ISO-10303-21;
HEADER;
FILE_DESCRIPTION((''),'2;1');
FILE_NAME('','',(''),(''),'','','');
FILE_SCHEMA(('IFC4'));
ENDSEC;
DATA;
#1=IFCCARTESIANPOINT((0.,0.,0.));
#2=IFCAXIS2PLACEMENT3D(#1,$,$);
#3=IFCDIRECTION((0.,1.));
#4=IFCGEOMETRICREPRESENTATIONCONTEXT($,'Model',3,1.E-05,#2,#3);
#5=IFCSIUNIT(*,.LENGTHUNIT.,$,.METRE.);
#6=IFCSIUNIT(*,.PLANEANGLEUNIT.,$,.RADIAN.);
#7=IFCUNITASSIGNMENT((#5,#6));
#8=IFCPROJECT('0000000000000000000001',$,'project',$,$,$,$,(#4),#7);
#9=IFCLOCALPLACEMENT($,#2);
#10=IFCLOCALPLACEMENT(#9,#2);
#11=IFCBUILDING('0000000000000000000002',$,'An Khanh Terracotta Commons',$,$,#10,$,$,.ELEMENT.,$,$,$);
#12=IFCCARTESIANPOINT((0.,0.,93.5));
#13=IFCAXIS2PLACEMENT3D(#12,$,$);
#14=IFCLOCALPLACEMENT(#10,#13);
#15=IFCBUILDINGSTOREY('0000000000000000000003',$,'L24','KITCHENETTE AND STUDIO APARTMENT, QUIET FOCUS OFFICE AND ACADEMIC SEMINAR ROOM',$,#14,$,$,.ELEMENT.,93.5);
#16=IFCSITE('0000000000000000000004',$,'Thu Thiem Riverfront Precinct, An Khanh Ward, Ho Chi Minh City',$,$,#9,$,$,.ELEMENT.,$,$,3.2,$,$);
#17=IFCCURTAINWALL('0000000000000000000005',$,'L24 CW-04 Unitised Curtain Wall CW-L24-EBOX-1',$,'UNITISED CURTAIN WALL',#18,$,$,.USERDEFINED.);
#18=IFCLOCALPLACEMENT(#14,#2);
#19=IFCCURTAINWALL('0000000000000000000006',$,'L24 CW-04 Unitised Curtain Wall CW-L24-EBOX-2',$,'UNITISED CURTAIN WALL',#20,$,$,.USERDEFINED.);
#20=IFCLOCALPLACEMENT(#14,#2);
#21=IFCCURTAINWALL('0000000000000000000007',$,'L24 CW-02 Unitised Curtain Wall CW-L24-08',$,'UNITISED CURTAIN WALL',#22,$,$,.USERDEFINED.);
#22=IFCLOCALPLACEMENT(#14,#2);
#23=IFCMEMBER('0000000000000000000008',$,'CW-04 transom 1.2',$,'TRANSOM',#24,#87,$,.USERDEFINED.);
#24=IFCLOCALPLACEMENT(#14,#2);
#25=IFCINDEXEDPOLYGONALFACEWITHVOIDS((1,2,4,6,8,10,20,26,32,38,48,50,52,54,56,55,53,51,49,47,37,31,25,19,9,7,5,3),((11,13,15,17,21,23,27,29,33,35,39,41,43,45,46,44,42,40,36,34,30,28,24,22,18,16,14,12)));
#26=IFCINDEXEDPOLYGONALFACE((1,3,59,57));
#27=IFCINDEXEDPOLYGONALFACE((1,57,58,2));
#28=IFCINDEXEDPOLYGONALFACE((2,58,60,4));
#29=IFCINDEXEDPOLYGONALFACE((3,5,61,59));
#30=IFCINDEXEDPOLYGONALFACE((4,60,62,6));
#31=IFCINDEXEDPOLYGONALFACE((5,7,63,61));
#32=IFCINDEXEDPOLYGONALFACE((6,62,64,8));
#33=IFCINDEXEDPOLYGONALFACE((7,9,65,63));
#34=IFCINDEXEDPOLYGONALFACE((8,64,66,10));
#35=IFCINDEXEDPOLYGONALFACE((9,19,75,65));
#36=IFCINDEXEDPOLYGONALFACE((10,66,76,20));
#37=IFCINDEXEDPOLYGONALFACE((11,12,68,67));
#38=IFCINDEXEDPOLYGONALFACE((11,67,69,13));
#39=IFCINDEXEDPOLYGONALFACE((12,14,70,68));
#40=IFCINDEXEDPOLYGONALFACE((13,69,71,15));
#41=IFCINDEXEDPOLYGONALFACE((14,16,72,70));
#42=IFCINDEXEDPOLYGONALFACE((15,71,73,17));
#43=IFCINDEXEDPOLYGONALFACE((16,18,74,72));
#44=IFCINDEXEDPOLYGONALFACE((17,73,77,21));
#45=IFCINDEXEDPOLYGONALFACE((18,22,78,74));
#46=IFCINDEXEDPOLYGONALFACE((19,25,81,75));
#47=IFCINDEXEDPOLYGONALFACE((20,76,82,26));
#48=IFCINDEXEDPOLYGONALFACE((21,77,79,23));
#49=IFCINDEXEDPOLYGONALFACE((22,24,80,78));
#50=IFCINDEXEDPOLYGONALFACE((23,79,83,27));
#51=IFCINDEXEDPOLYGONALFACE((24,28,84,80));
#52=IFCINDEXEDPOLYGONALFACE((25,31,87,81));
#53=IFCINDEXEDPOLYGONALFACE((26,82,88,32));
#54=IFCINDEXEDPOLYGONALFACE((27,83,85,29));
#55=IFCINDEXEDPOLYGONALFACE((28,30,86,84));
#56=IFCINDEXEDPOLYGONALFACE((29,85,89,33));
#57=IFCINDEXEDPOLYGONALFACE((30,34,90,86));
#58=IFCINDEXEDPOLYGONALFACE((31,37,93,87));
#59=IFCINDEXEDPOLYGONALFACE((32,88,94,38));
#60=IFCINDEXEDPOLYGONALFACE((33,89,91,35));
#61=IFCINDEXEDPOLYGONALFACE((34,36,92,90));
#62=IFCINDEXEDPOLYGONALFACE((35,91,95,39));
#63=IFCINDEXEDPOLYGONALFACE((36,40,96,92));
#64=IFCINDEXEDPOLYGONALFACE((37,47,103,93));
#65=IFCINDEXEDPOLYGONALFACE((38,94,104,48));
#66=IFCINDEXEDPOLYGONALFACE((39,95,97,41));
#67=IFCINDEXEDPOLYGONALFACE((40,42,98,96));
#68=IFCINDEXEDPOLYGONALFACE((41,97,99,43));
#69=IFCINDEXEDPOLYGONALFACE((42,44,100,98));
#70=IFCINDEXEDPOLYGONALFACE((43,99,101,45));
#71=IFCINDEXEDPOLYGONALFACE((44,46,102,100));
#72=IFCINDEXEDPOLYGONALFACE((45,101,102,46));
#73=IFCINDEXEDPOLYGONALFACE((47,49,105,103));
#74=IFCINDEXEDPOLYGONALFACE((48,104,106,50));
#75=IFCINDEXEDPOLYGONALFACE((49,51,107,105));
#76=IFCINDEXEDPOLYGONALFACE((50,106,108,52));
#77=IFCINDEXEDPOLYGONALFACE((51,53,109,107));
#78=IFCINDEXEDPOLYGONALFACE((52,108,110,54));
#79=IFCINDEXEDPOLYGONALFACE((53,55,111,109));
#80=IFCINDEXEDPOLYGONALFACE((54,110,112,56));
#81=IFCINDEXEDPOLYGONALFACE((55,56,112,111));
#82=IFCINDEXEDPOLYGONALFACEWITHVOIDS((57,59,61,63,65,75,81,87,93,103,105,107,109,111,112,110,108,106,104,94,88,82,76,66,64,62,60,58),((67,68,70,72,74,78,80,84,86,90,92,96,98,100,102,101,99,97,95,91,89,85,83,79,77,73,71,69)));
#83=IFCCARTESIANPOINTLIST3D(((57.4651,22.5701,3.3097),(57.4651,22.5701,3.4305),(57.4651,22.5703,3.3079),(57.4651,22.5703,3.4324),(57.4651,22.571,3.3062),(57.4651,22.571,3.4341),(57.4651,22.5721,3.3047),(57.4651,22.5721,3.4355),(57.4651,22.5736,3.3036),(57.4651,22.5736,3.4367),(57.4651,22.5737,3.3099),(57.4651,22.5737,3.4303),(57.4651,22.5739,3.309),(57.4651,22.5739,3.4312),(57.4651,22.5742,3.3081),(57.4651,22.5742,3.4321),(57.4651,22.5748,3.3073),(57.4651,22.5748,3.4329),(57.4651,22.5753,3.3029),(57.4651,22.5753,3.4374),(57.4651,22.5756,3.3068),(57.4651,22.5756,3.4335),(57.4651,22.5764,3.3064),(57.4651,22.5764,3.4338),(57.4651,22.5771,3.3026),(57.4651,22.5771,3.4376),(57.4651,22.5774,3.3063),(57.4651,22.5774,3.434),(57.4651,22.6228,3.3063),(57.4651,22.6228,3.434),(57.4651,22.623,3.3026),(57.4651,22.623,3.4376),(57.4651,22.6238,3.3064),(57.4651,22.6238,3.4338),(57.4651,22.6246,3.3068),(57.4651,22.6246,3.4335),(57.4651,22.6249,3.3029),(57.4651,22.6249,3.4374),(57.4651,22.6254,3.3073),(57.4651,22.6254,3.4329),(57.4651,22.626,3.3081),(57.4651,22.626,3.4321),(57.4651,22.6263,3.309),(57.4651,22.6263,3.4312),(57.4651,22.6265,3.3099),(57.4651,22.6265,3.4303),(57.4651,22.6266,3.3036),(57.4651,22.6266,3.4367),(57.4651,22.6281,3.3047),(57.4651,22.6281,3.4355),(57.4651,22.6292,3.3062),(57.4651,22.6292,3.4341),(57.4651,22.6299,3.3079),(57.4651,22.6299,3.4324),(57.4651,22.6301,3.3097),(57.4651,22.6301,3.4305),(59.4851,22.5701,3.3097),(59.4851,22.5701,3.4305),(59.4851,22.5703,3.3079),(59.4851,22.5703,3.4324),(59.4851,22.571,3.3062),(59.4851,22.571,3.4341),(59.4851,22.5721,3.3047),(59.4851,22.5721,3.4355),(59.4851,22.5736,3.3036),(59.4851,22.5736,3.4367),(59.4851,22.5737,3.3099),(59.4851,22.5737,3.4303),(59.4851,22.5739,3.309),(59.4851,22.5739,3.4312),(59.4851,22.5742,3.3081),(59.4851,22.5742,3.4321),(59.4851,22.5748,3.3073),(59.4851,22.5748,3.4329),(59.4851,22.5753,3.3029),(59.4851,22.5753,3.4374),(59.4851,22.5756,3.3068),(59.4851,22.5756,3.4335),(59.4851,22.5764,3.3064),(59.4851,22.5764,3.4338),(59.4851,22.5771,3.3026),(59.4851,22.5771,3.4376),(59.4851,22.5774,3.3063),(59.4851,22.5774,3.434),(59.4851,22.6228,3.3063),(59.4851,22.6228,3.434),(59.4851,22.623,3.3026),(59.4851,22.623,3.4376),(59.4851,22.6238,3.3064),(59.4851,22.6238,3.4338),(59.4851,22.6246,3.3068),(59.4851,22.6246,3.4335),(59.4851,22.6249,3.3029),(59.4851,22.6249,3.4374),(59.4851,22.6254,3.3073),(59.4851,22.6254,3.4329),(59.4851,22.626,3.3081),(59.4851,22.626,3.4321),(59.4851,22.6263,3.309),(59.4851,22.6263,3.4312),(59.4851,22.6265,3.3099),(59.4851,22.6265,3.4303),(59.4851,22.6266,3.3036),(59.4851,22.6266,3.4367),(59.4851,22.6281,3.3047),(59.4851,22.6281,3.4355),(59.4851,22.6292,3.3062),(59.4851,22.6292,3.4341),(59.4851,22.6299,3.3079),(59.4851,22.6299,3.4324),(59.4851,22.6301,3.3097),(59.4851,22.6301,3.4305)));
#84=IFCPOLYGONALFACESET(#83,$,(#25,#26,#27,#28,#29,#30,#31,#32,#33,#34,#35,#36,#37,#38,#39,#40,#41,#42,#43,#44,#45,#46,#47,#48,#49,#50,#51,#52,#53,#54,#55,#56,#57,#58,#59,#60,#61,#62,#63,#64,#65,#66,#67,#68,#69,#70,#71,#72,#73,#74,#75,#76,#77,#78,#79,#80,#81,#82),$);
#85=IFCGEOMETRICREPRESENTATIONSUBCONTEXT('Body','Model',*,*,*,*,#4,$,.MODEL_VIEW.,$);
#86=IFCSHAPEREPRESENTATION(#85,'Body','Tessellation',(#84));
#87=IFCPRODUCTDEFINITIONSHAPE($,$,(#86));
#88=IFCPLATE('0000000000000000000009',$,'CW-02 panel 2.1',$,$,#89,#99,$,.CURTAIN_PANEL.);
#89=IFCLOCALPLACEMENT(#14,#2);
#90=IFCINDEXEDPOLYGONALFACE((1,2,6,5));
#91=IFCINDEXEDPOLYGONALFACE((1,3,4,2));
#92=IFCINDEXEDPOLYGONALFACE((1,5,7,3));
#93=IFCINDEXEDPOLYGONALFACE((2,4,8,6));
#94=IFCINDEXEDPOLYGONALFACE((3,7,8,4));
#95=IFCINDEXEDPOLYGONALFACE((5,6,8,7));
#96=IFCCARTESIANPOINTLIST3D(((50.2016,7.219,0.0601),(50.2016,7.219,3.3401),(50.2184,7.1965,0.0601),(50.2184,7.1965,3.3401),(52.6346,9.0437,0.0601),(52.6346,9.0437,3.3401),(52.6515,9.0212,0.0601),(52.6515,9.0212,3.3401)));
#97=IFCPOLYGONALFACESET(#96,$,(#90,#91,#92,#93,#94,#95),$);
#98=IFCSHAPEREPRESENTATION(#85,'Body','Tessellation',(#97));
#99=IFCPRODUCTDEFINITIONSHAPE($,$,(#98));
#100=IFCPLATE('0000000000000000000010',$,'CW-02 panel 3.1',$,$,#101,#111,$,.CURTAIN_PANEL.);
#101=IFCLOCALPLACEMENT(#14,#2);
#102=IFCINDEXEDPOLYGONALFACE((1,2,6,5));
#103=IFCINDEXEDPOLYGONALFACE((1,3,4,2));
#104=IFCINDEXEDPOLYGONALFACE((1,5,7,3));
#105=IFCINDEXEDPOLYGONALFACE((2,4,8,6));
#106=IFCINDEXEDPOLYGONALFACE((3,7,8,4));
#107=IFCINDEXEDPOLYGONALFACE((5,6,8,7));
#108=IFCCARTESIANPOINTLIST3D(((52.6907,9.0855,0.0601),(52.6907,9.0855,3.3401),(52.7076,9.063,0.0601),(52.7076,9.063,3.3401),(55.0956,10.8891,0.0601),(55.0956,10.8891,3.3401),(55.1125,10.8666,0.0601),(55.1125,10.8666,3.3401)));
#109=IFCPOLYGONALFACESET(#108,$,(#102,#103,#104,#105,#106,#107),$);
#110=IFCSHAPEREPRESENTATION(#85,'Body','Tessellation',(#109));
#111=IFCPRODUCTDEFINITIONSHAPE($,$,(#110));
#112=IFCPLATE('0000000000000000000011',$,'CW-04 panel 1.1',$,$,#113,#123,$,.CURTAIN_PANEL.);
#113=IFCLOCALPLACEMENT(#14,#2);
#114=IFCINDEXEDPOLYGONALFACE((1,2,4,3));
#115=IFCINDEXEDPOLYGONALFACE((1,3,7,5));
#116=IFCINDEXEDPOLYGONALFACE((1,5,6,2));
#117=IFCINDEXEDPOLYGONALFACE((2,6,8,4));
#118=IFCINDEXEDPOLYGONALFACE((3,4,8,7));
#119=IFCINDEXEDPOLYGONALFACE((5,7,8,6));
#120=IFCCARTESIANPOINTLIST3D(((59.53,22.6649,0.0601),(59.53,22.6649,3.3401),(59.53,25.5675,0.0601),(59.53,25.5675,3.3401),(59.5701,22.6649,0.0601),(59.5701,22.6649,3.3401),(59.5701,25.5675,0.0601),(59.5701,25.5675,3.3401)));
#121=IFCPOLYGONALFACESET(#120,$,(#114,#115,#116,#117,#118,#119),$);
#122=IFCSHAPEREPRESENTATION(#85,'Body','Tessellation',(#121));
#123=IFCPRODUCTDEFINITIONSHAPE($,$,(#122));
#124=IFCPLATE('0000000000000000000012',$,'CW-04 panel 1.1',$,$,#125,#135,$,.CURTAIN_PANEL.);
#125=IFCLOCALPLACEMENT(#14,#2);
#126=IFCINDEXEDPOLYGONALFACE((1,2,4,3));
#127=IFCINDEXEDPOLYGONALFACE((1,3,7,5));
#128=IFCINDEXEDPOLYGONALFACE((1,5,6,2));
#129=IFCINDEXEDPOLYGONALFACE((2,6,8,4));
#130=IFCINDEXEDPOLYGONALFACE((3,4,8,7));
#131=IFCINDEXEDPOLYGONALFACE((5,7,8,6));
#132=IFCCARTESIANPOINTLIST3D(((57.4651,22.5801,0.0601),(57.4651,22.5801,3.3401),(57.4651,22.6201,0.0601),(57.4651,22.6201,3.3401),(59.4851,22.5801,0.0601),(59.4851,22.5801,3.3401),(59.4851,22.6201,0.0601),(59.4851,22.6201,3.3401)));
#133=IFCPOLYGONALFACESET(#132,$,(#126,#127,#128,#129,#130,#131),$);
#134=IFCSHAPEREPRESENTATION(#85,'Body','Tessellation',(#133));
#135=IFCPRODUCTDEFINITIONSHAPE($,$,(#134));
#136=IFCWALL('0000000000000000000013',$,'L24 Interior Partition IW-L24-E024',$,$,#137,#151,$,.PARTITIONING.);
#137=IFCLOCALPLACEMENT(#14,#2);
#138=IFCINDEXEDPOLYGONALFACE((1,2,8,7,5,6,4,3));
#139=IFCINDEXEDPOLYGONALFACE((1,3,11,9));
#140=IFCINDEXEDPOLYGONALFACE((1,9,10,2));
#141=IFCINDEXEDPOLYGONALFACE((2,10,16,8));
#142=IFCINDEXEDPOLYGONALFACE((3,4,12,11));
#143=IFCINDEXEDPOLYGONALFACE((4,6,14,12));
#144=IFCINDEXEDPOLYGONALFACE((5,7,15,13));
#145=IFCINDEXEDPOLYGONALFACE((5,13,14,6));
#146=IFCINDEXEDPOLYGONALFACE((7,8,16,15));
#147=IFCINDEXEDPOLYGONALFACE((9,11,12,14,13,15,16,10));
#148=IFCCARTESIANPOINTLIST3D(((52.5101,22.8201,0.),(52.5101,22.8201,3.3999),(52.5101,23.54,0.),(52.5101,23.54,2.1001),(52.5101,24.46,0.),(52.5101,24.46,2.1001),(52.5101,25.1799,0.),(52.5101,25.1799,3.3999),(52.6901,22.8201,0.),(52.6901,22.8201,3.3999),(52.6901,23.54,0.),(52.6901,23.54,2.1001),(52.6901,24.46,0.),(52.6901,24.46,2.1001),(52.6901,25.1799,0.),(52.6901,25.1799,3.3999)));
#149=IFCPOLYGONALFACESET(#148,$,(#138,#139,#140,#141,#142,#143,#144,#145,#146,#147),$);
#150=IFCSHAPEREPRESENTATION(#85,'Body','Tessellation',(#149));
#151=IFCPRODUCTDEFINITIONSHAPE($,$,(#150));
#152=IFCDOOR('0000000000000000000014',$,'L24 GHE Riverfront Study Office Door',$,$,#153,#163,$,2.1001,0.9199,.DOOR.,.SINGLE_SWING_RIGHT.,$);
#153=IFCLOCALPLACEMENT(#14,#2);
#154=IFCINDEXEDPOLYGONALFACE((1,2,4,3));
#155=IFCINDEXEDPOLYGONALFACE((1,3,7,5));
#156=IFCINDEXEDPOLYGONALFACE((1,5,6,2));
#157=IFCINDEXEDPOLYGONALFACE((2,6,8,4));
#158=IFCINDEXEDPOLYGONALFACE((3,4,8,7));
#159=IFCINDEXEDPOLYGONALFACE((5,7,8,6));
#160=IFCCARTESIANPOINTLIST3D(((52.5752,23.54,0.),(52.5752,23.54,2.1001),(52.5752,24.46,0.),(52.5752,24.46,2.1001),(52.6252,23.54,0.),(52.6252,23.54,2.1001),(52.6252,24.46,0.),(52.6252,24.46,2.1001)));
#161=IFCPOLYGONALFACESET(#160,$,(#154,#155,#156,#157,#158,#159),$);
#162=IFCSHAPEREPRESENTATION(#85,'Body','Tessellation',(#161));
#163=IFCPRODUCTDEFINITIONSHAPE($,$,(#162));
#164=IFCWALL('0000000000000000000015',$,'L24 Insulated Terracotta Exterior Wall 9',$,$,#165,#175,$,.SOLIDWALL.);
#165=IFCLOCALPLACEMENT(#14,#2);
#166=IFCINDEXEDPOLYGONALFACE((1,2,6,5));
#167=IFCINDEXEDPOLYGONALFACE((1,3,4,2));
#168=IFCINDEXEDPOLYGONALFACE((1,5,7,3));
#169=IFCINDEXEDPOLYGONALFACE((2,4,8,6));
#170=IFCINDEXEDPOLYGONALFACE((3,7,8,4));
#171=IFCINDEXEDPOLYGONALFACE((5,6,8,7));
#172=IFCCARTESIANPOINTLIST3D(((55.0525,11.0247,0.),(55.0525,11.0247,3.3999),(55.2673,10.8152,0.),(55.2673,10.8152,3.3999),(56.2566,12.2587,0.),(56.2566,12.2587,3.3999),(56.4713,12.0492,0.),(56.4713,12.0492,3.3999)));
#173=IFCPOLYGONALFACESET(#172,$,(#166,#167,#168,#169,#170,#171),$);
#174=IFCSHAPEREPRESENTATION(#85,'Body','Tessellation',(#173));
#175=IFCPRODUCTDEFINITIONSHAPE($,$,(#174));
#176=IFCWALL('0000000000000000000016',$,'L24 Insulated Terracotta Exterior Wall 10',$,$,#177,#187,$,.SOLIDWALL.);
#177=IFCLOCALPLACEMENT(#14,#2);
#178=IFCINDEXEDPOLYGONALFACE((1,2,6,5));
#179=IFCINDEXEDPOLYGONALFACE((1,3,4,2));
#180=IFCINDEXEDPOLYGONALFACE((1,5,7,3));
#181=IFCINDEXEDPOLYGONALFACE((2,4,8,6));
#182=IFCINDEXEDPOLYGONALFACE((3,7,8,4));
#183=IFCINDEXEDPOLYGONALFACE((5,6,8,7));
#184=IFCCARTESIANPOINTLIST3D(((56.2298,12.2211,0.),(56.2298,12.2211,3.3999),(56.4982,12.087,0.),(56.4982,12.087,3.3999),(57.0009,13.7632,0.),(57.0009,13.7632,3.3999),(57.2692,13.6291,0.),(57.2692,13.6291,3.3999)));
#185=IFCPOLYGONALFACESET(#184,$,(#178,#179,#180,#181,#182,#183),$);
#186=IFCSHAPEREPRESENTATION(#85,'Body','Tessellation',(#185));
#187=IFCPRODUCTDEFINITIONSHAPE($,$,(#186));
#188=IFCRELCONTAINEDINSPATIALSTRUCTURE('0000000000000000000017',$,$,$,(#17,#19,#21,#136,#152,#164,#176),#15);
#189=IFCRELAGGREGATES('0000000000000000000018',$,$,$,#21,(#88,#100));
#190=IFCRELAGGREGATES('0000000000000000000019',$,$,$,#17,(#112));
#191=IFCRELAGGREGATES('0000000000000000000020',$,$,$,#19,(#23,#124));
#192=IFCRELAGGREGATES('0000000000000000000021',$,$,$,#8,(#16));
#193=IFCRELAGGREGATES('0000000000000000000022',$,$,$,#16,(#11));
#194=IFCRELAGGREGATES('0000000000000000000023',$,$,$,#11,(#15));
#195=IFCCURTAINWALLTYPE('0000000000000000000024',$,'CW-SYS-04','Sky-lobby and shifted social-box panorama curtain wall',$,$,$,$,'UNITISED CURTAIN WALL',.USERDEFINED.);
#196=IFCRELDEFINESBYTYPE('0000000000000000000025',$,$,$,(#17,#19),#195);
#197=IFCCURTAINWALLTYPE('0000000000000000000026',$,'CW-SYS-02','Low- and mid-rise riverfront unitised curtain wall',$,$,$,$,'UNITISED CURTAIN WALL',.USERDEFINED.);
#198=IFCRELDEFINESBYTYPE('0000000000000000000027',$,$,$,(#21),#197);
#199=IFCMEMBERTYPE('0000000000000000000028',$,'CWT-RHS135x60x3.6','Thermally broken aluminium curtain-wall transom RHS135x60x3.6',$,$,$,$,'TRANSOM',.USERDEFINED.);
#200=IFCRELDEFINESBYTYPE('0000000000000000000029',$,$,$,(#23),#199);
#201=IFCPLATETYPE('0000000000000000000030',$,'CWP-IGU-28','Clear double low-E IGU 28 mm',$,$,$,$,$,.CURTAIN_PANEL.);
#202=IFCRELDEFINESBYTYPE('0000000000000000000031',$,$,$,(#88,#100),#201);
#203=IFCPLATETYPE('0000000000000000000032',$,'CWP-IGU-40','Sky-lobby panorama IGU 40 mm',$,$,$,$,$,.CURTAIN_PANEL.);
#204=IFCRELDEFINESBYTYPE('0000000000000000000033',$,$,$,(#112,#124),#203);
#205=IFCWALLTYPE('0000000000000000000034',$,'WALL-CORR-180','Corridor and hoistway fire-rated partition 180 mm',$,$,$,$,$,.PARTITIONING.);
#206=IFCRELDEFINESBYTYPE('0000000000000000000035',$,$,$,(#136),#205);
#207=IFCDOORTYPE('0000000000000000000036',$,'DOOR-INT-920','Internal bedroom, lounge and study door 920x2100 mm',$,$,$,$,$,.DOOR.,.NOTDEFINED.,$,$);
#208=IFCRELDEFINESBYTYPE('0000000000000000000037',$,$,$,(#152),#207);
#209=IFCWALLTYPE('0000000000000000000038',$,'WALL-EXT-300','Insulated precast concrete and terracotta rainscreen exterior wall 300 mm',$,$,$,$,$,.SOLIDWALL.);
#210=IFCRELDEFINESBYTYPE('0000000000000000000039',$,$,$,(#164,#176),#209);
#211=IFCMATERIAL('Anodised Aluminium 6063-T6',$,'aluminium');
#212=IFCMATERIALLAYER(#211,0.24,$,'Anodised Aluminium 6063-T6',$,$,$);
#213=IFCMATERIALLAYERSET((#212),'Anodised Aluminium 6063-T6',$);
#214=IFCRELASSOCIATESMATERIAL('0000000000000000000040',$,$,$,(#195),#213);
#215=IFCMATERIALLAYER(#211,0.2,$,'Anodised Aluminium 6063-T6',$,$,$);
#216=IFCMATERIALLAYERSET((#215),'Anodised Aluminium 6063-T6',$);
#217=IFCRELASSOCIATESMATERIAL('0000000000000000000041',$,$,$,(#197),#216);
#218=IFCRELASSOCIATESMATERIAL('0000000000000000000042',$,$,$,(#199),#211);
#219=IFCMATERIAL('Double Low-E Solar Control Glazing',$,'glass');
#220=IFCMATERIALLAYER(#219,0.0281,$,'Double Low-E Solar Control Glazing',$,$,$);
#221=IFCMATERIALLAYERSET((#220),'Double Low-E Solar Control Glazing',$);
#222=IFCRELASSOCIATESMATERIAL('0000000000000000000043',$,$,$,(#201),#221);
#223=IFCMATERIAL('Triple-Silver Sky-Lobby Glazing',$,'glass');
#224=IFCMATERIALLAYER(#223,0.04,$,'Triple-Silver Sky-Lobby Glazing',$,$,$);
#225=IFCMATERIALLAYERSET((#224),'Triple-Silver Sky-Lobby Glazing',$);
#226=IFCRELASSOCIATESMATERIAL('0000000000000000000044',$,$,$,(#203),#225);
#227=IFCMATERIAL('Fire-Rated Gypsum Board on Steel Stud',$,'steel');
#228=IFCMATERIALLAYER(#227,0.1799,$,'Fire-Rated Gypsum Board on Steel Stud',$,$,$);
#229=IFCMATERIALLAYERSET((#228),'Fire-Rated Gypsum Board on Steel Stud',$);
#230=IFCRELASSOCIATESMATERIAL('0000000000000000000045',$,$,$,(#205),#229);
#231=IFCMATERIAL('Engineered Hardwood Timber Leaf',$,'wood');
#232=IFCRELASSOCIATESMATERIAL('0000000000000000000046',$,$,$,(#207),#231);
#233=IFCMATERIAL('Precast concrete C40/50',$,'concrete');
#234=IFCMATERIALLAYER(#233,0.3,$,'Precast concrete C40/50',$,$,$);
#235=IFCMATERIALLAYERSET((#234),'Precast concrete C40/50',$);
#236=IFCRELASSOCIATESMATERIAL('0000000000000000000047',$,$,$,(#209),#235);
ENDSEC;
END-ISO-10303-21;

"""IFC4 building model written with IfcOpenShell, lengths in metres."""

from ifc_helpers import new_model, si_unit, direction, frame, frame_2d, origin, origin_2d, place, context, subcontext, project, spatial, rectangle, hollow_rectangle, extrude, material, layer, layer_set, material_profile, profile_set, type_object, element, fill, aggregate, save


model = new_model("IFC4")

# Units and contexts
model_context = context("Model", 3, precision=1e-05, world=origin(), true_north=direction((0.0, 1.0)))
body_context = subcontext(model_context, "Body", "Model", "MODEL_VIEW")
ifc_project = project(units=[si_unit("LENGTHUNIT", "METRE"), si_unit("PLANEANGLEUNIT", "RADIAN")], contexts=[model_context])

# Site, building, storey
site_placement = place(None, origin())
site = spatial("IfcSite", under=ifc_project, at=site_placement, Name="Thu Thiem Riverfront Precinct, An Khanh Ward, Ho Chi Minh City", CompositionType="ELEMENT", RefElevation=3.2)
building_placement = place(site_placement, origin())
building = spatial("IfcBuilding", under=site, at=building_placement, Name="An Khanh Terracotta Commons", CompositionType="ELEMENT")
storey_placement = place(building_placement, frame((0.0, 0.0, 93.5)))
storey = spatial("IfcBuildingStorey", under=building, at=storey_placement, Name="L24", Description="KITCHENETTE AND STUDIO APARTMENT, QUIET FOCUS OFFICE AND ACADEMIC SEMINAR ROOM", CompositionType="ELEMENT", Elevation=93.5)

# Curtain wall
ifc_material_1 = material(Name="Anodised Aluminium 6063-T6", Category="aluminium")
ifc_layer_1 = layer(ifc_material_1, 0.24, Name="Anodised Aluminium 6063-T6")
ifc_layer_set_1 = layer_set([ifc_layer_1], Name="Anodised Aluminium 6063-T6")
curtain_wall_type_1 = type_object("IfcCurtainWallType", Name="CW-SYS-04", Description="Sky-lobby and shifted social-box panorama curtain wall", ElementType="UNITISED CURTAIN WALL", PredefinedType="USERDEFINED", material=ifc_layer_set_1)
curtain_wall_1_placement = place(storey_placement, origin())
curtain_wall_1 = element("IfcCurtainWall", 1, at=curtain_wall_1_placement, inside=storey, type_object=curtain_wall_type_1, Name="L24 CW-04 Unitised Curtain Wall CW-L24-EBOX-1", ObjectType="UNITISED CURTAIN WALL", PredefinedType="USERDEFINED")

# Curtain walls
curtain_wall_2_placement = place(storey_placement, origin())
curtain_wall_2 = element("IfcCurtainWall", 2, at=curtain_wall_2_placement, inside=storey, type_object=curtain_wall_type_1, Name="L24 CW-04 Unitised Curtain Wall CW-L24-EBOX-2", ObjectType="UNITISED CURTAIN WALL", PredefinedType="USERDEFINED")
ifc_layer_2 = layer(ifc_material_1, 0.2, Name="Anodised Aluminium 6063-T6")
ifc_layer_set_2 = layer_set([ifc_layer_2], Name="Anodised Aluminium 6063-T6")
curtain_wall_type_2 = type_object("IfcCurtainWallType", Name="CW-SYS-02", Description="Low- and mid-rise riverfront unitised curtain wall", ElementType="UNITISED CURTAIN WALL", PredefinedType="USERDEFINED", material=ifc_layer_set_2)
curtain_wall_3_placement = place(storey_placement, origin())
curtain_wall_3 = element("IfcCurtainWall", 3, at=curtain_wall_3_placement, inside=storey, type_object=curtain_wall_type_2, Name="L24 CW-02 Unitised Curtain Wall CW-L24-08", ObjectType="UNITISED CURTAIN WALL", PredefinedType="USERDEFINED")

# Member
ifc_material_profile_1 = material_profile(ifc_material_1, hollow_rectangle(XDim=0.0601, YDim=0.135, WallThickness=0.0037, InnerFilletRadius=0.0037, OuterFilletRadius=0.0071, at=origin_2d()), Name="RHS135x60x3.6")
ifc_profile_set_1 = profile_set([ifc_material_profile_1], Name="Anodised Aluminium 6063-T6")
member_type_1 = type_object("IfcMemberType", Name="CWT-RHS135x60x3.6", Description="Thermally broken aluminium curtain-wall transom RHS135x60x3.6", ElementType="TRANSOM", PredefinedType="USERDEFINED", material=ifc_profile_set_1)
member_1_placement = place(storey_placement, frame((57.4651, 22.6001, 3.3701), z_axis=(1.0, 0.0, 0.0), x_axis=(0.0, 1.0, 0.0)))
member_1 = element("IfcMember", 4, at=member_1_placement, type_object=member_type_1, Name="CW-04 transom 1.2", ObjectType="TRANSOM", PredefinedType="USERDEFINED", context=body_context, shape_type="SweptSolid", body=[
    extrude(hollow_rectangle(XDim=0.0601, YDim=0.135, WallThickness=0.0037, InnerFilletRadius=0.0037, OuterFilletRadius=0.0071, at=origin_2d()), origin(), (0.0, 0.0, 1.0), 2.02),
])

# Plates
ifc_material_2 = material(Name="Double Low-E Solar Control Glazing", Category="glass")
ifc_layer_3 = layer(ifc_material_2, 0.0281, Name="Double Low-E Solar Control Glazing")
ifc_layer_set_3 = layer_set([ifc_layer_3], Name="Double Low-E Solar Control Glazing")
plate_type_1 = type_object("IfcPlateType", Name="CWP-IGU-28", Description="Clear double low-E IGU 28 mm", PredefinedType="CURTAIN_PANEL", material=ifc_layer_set_3)
plate_1_placement = place(storey_placement, frame((51.4265, 8.1201, 0.0601), z_axis=(0.0, 0.0, 1.0), x_axis=(0.800013, 0.599983, 0.0)))
plate_1 = element("IfcPlate", 5, at=plate_1_placement, type_object=plate_type_1, Name="CW-02 panel 2.1", PredefinedType="CURTAIN_PANEL", context=body_context, shape_type="SweptSolid", body=[
    extrude(rectangle(XDim=3.0413, YDim=0.0281, at=origin_2d()), origin(), (0.0, 0.0, 1.0), 3.28),
])
plate_2_placement = place(storey_placement, frame((53.9016, 9.9761, 0.0601), z_axis=(0.0, 0.0, 1.0), x_axis=(0.800013, 0.599983, 0.0)))
plate_2 = element("IfcPlate", 6, at=plate_2_placement, type_object=plate_type_1, Name="CW-02 panel 3.1", PredefinedType="CURTAIN_PANEL", context=body_context, shape_type="SweptSolid", body=[
    extrude(rectangle(XDim=3.0061, YDim=0.0281, at=origin_2d()), origin(), (0.0, 0.0, 1.0), 3.28),
])
aggregate(curtain_wall_3, [plate_1, plate_2])
ifc_material_3 = material(Name="Triple-Silver Sky-Lobby Glazing", Category="glass")
ifc_layer_4 = layer(ifc_material_3, 0.04, Name="Triple-Silver Sky-Lobby Glazing")
ifc_layer_set_4 = layer_set([ifc_layer_4], Name="Triple-Silver Sky-Lobby Glazing")
plate_type_2 = type_object("IfcPlateType", Name="CWP-IGU-40", Description="Sky-lobby panorama IGU 40 mm", PredefinedType="CURTAIN_PANEL", material=ifc_layer_set_4)
plate_3_placement = place(storey_placement, frame((59.55, 24.1162, 0.0601), z_axis=(0.0, 0.0, 1.0), x_axis=(0.0, 1.0, 0.0)))
plate_3 = element("IfcPlate", 7, at=plate_3_placement, type_object=plate_type_2, Name="CW-04 panel 1.1", PredefinedType="CURTAIN_PANEL", context=body_context, shape_type="SweptSolid", body=[
    extrude(rectangle(XDim=2.9026, YDim=0.04, at=origin_2d()), origin(), (0.0, 0.0, 1.0), 3.28),
])
aggregate(curtain_wall_1, [plate_3])
plate_4_placement = place(storey_placement, frame((58.4751, 22.6001, 0.0601), z_axis=(0.0, 0.0, 1.0), x_axis=(1.0, 0.0, 0.0)))
plate_4 = element("IfcPlate", 8, at=plate_4_placement, type_object=plate_type_2, Name="CW-04 panel 1.1", PredefinedType="CURTAIN_PANEL", context=body_context, shape_type="SweptSolid", body=[
    extrude(rectangle(XDim=2.02, YDim=0.04, at=origin_2d()), origin(), (0.0, 0.0, 1.0), 3.28),
])
aggregate(curtain_wall_2, [member_1, plate_4])

# Wall, opening, door
ifc_material_4 = material(Name="Fire-Rated Gypsum Board on Steel Stud", Category="steel")
ifc_layer_5 = layer(ifc_material_4, 0.1799, Name="Fire-Rated Gypsum Board on Steel Stud")
ifc_layer_set_5 = layer_set([ifc_layer_5], Name="Fire-Rated Gypsum Board on Steel Stud")
wall_type_1 = type_object("IfcWallType", Name="WALL-CORR-180", Description="Corridor and hoistway fire-rated partition 180 mm", PredefinedType="PARTITIONING", material=ifc_layer_set_5)
wall_1_placement = place(storey_placement, frame((52.6001, 22.8201, 0.0), z_axis=(0.0, 0.0, 1.0), x_axis=(0.0, 1.0, 0.0)))
wall_1 = element("IfcWall", 9, at=wall_1_placement, inside=storey, type_object=wall_type_1, Name="L24 Interior Partition IW-L24-E024", PredefinedType="PARTITIONING", context=body_context, shape_type="SweptSolid", body=[
    extrude(rectangle(XDim=2.3599, YDim=0.1799, at=frame_2d((1.1799, 0.0))), origin(), (0.0, 0.0, 1.0), 3.3999),
])
opening_1_placement = place(wall_1_placement, frame((0.72, 0.0, 0.0)))
opening_1 = element("IfcOpeningElement", 10, at=opening_1_placement, cuts=wall_1, PredefinedType="OPENING", context=body_context, shape_type="SweptSolid", body=[
    extrude(rectangle(XDim=0.9199, YDim=2.1001, at=frame_2d((0.46, 1.05))), frame((0.0, 0.0999, 0.0), z_axis=(0.0, -1.0, 0.0), x_axis=(1.0, 0.0, 0.0)), (0.0, 0.0, 1.0), 0.2),
])
ifc_material_5 = material(Name="Engineered Hardwood Timber Leaf", Category="wood")
door_type = type_object("IfcDoorType", Name="DOOR-INT-920", Description="Internal bedroom, lounge and study door 920x2100 mm", OperationType="NOTDEFINED", PredefinedType="DOOR", material=ifc_material_5)
door_placement = place(opening_1_placement, origin())
door = element("IfcDoor", 11, at=door_placement, inside=storey, type_object=door_type, Name="L24 GHE Riverfront Study Office Door", OperationType="SINGLE_SWING_RIGHT", OverallHeight=2.1001, OverallWidth=0.9199, PredefinedType="DOOR", context=body_context, shape_type="SweptSolid", body=[
    extrude(rectangle(XDim=0.9199, YDim=2.1001, at=frame_2d((0.46, 1.05))), frame((0.0, 0.0249, 0.0), z_axis=(0.0, -1.0, 0.0), x_axis=(1.0, 0.0, 0.0)), (0.0, 0.0, 1.0), 0.05),
])
fill(opening_1, door)

# Walls
ifc_material_6 = material(Name="Precast concrete C40/50", Category="concrete")
ifc_layer_6 = layer(ifc_material_6, 0.3, Name="Precast concrete C40/50")
ifc_layer_set_6 = layer_set([ifc_layer_6], Name="Precast concrete C40/50")
wall_type_2 = type_object("IfcWallType", Name="WALL-EXT-300", Description="Insulated precast concrete and terracotta rainscreen exterior wall 300 mm", PredefinedType="SOLIDWALL", material=ifc_layer_set_6)
for number, where, z_axis, x_axis, name in (
    (12, (55.1599, 10.9199, 0.0), (0.0, 0.0, 1.0), (0.698345, 0.715761, 0.0), "L24 Insulated Terracotta Exterior Wall 9"),
    (13, (56.364, 12.1541, 0.0), (0.0, 0.0, 1.0), (0.447214, 0.894427, 0.0), "L24 Insulated Terracotta Exterior Wall 10"),
):
    element("IfcWall", number, at=place(storey_placement, frame(where, z_axis=z_axis, x_axis=x_axis)), inside=storey, type_object=wall_type_2, Name=name, PredefinedType="SOLIDWALL", context=body_context, shape_type="SweptSolid", body=[
        extrude(rectangle(XDim=1.7241, YDim=0.3, at=frame_2d((0.8621, 0.0))), origin(), (0.0, 0.0, 1.0), 3.3999),
    ])

save(model, "model.ifc")
